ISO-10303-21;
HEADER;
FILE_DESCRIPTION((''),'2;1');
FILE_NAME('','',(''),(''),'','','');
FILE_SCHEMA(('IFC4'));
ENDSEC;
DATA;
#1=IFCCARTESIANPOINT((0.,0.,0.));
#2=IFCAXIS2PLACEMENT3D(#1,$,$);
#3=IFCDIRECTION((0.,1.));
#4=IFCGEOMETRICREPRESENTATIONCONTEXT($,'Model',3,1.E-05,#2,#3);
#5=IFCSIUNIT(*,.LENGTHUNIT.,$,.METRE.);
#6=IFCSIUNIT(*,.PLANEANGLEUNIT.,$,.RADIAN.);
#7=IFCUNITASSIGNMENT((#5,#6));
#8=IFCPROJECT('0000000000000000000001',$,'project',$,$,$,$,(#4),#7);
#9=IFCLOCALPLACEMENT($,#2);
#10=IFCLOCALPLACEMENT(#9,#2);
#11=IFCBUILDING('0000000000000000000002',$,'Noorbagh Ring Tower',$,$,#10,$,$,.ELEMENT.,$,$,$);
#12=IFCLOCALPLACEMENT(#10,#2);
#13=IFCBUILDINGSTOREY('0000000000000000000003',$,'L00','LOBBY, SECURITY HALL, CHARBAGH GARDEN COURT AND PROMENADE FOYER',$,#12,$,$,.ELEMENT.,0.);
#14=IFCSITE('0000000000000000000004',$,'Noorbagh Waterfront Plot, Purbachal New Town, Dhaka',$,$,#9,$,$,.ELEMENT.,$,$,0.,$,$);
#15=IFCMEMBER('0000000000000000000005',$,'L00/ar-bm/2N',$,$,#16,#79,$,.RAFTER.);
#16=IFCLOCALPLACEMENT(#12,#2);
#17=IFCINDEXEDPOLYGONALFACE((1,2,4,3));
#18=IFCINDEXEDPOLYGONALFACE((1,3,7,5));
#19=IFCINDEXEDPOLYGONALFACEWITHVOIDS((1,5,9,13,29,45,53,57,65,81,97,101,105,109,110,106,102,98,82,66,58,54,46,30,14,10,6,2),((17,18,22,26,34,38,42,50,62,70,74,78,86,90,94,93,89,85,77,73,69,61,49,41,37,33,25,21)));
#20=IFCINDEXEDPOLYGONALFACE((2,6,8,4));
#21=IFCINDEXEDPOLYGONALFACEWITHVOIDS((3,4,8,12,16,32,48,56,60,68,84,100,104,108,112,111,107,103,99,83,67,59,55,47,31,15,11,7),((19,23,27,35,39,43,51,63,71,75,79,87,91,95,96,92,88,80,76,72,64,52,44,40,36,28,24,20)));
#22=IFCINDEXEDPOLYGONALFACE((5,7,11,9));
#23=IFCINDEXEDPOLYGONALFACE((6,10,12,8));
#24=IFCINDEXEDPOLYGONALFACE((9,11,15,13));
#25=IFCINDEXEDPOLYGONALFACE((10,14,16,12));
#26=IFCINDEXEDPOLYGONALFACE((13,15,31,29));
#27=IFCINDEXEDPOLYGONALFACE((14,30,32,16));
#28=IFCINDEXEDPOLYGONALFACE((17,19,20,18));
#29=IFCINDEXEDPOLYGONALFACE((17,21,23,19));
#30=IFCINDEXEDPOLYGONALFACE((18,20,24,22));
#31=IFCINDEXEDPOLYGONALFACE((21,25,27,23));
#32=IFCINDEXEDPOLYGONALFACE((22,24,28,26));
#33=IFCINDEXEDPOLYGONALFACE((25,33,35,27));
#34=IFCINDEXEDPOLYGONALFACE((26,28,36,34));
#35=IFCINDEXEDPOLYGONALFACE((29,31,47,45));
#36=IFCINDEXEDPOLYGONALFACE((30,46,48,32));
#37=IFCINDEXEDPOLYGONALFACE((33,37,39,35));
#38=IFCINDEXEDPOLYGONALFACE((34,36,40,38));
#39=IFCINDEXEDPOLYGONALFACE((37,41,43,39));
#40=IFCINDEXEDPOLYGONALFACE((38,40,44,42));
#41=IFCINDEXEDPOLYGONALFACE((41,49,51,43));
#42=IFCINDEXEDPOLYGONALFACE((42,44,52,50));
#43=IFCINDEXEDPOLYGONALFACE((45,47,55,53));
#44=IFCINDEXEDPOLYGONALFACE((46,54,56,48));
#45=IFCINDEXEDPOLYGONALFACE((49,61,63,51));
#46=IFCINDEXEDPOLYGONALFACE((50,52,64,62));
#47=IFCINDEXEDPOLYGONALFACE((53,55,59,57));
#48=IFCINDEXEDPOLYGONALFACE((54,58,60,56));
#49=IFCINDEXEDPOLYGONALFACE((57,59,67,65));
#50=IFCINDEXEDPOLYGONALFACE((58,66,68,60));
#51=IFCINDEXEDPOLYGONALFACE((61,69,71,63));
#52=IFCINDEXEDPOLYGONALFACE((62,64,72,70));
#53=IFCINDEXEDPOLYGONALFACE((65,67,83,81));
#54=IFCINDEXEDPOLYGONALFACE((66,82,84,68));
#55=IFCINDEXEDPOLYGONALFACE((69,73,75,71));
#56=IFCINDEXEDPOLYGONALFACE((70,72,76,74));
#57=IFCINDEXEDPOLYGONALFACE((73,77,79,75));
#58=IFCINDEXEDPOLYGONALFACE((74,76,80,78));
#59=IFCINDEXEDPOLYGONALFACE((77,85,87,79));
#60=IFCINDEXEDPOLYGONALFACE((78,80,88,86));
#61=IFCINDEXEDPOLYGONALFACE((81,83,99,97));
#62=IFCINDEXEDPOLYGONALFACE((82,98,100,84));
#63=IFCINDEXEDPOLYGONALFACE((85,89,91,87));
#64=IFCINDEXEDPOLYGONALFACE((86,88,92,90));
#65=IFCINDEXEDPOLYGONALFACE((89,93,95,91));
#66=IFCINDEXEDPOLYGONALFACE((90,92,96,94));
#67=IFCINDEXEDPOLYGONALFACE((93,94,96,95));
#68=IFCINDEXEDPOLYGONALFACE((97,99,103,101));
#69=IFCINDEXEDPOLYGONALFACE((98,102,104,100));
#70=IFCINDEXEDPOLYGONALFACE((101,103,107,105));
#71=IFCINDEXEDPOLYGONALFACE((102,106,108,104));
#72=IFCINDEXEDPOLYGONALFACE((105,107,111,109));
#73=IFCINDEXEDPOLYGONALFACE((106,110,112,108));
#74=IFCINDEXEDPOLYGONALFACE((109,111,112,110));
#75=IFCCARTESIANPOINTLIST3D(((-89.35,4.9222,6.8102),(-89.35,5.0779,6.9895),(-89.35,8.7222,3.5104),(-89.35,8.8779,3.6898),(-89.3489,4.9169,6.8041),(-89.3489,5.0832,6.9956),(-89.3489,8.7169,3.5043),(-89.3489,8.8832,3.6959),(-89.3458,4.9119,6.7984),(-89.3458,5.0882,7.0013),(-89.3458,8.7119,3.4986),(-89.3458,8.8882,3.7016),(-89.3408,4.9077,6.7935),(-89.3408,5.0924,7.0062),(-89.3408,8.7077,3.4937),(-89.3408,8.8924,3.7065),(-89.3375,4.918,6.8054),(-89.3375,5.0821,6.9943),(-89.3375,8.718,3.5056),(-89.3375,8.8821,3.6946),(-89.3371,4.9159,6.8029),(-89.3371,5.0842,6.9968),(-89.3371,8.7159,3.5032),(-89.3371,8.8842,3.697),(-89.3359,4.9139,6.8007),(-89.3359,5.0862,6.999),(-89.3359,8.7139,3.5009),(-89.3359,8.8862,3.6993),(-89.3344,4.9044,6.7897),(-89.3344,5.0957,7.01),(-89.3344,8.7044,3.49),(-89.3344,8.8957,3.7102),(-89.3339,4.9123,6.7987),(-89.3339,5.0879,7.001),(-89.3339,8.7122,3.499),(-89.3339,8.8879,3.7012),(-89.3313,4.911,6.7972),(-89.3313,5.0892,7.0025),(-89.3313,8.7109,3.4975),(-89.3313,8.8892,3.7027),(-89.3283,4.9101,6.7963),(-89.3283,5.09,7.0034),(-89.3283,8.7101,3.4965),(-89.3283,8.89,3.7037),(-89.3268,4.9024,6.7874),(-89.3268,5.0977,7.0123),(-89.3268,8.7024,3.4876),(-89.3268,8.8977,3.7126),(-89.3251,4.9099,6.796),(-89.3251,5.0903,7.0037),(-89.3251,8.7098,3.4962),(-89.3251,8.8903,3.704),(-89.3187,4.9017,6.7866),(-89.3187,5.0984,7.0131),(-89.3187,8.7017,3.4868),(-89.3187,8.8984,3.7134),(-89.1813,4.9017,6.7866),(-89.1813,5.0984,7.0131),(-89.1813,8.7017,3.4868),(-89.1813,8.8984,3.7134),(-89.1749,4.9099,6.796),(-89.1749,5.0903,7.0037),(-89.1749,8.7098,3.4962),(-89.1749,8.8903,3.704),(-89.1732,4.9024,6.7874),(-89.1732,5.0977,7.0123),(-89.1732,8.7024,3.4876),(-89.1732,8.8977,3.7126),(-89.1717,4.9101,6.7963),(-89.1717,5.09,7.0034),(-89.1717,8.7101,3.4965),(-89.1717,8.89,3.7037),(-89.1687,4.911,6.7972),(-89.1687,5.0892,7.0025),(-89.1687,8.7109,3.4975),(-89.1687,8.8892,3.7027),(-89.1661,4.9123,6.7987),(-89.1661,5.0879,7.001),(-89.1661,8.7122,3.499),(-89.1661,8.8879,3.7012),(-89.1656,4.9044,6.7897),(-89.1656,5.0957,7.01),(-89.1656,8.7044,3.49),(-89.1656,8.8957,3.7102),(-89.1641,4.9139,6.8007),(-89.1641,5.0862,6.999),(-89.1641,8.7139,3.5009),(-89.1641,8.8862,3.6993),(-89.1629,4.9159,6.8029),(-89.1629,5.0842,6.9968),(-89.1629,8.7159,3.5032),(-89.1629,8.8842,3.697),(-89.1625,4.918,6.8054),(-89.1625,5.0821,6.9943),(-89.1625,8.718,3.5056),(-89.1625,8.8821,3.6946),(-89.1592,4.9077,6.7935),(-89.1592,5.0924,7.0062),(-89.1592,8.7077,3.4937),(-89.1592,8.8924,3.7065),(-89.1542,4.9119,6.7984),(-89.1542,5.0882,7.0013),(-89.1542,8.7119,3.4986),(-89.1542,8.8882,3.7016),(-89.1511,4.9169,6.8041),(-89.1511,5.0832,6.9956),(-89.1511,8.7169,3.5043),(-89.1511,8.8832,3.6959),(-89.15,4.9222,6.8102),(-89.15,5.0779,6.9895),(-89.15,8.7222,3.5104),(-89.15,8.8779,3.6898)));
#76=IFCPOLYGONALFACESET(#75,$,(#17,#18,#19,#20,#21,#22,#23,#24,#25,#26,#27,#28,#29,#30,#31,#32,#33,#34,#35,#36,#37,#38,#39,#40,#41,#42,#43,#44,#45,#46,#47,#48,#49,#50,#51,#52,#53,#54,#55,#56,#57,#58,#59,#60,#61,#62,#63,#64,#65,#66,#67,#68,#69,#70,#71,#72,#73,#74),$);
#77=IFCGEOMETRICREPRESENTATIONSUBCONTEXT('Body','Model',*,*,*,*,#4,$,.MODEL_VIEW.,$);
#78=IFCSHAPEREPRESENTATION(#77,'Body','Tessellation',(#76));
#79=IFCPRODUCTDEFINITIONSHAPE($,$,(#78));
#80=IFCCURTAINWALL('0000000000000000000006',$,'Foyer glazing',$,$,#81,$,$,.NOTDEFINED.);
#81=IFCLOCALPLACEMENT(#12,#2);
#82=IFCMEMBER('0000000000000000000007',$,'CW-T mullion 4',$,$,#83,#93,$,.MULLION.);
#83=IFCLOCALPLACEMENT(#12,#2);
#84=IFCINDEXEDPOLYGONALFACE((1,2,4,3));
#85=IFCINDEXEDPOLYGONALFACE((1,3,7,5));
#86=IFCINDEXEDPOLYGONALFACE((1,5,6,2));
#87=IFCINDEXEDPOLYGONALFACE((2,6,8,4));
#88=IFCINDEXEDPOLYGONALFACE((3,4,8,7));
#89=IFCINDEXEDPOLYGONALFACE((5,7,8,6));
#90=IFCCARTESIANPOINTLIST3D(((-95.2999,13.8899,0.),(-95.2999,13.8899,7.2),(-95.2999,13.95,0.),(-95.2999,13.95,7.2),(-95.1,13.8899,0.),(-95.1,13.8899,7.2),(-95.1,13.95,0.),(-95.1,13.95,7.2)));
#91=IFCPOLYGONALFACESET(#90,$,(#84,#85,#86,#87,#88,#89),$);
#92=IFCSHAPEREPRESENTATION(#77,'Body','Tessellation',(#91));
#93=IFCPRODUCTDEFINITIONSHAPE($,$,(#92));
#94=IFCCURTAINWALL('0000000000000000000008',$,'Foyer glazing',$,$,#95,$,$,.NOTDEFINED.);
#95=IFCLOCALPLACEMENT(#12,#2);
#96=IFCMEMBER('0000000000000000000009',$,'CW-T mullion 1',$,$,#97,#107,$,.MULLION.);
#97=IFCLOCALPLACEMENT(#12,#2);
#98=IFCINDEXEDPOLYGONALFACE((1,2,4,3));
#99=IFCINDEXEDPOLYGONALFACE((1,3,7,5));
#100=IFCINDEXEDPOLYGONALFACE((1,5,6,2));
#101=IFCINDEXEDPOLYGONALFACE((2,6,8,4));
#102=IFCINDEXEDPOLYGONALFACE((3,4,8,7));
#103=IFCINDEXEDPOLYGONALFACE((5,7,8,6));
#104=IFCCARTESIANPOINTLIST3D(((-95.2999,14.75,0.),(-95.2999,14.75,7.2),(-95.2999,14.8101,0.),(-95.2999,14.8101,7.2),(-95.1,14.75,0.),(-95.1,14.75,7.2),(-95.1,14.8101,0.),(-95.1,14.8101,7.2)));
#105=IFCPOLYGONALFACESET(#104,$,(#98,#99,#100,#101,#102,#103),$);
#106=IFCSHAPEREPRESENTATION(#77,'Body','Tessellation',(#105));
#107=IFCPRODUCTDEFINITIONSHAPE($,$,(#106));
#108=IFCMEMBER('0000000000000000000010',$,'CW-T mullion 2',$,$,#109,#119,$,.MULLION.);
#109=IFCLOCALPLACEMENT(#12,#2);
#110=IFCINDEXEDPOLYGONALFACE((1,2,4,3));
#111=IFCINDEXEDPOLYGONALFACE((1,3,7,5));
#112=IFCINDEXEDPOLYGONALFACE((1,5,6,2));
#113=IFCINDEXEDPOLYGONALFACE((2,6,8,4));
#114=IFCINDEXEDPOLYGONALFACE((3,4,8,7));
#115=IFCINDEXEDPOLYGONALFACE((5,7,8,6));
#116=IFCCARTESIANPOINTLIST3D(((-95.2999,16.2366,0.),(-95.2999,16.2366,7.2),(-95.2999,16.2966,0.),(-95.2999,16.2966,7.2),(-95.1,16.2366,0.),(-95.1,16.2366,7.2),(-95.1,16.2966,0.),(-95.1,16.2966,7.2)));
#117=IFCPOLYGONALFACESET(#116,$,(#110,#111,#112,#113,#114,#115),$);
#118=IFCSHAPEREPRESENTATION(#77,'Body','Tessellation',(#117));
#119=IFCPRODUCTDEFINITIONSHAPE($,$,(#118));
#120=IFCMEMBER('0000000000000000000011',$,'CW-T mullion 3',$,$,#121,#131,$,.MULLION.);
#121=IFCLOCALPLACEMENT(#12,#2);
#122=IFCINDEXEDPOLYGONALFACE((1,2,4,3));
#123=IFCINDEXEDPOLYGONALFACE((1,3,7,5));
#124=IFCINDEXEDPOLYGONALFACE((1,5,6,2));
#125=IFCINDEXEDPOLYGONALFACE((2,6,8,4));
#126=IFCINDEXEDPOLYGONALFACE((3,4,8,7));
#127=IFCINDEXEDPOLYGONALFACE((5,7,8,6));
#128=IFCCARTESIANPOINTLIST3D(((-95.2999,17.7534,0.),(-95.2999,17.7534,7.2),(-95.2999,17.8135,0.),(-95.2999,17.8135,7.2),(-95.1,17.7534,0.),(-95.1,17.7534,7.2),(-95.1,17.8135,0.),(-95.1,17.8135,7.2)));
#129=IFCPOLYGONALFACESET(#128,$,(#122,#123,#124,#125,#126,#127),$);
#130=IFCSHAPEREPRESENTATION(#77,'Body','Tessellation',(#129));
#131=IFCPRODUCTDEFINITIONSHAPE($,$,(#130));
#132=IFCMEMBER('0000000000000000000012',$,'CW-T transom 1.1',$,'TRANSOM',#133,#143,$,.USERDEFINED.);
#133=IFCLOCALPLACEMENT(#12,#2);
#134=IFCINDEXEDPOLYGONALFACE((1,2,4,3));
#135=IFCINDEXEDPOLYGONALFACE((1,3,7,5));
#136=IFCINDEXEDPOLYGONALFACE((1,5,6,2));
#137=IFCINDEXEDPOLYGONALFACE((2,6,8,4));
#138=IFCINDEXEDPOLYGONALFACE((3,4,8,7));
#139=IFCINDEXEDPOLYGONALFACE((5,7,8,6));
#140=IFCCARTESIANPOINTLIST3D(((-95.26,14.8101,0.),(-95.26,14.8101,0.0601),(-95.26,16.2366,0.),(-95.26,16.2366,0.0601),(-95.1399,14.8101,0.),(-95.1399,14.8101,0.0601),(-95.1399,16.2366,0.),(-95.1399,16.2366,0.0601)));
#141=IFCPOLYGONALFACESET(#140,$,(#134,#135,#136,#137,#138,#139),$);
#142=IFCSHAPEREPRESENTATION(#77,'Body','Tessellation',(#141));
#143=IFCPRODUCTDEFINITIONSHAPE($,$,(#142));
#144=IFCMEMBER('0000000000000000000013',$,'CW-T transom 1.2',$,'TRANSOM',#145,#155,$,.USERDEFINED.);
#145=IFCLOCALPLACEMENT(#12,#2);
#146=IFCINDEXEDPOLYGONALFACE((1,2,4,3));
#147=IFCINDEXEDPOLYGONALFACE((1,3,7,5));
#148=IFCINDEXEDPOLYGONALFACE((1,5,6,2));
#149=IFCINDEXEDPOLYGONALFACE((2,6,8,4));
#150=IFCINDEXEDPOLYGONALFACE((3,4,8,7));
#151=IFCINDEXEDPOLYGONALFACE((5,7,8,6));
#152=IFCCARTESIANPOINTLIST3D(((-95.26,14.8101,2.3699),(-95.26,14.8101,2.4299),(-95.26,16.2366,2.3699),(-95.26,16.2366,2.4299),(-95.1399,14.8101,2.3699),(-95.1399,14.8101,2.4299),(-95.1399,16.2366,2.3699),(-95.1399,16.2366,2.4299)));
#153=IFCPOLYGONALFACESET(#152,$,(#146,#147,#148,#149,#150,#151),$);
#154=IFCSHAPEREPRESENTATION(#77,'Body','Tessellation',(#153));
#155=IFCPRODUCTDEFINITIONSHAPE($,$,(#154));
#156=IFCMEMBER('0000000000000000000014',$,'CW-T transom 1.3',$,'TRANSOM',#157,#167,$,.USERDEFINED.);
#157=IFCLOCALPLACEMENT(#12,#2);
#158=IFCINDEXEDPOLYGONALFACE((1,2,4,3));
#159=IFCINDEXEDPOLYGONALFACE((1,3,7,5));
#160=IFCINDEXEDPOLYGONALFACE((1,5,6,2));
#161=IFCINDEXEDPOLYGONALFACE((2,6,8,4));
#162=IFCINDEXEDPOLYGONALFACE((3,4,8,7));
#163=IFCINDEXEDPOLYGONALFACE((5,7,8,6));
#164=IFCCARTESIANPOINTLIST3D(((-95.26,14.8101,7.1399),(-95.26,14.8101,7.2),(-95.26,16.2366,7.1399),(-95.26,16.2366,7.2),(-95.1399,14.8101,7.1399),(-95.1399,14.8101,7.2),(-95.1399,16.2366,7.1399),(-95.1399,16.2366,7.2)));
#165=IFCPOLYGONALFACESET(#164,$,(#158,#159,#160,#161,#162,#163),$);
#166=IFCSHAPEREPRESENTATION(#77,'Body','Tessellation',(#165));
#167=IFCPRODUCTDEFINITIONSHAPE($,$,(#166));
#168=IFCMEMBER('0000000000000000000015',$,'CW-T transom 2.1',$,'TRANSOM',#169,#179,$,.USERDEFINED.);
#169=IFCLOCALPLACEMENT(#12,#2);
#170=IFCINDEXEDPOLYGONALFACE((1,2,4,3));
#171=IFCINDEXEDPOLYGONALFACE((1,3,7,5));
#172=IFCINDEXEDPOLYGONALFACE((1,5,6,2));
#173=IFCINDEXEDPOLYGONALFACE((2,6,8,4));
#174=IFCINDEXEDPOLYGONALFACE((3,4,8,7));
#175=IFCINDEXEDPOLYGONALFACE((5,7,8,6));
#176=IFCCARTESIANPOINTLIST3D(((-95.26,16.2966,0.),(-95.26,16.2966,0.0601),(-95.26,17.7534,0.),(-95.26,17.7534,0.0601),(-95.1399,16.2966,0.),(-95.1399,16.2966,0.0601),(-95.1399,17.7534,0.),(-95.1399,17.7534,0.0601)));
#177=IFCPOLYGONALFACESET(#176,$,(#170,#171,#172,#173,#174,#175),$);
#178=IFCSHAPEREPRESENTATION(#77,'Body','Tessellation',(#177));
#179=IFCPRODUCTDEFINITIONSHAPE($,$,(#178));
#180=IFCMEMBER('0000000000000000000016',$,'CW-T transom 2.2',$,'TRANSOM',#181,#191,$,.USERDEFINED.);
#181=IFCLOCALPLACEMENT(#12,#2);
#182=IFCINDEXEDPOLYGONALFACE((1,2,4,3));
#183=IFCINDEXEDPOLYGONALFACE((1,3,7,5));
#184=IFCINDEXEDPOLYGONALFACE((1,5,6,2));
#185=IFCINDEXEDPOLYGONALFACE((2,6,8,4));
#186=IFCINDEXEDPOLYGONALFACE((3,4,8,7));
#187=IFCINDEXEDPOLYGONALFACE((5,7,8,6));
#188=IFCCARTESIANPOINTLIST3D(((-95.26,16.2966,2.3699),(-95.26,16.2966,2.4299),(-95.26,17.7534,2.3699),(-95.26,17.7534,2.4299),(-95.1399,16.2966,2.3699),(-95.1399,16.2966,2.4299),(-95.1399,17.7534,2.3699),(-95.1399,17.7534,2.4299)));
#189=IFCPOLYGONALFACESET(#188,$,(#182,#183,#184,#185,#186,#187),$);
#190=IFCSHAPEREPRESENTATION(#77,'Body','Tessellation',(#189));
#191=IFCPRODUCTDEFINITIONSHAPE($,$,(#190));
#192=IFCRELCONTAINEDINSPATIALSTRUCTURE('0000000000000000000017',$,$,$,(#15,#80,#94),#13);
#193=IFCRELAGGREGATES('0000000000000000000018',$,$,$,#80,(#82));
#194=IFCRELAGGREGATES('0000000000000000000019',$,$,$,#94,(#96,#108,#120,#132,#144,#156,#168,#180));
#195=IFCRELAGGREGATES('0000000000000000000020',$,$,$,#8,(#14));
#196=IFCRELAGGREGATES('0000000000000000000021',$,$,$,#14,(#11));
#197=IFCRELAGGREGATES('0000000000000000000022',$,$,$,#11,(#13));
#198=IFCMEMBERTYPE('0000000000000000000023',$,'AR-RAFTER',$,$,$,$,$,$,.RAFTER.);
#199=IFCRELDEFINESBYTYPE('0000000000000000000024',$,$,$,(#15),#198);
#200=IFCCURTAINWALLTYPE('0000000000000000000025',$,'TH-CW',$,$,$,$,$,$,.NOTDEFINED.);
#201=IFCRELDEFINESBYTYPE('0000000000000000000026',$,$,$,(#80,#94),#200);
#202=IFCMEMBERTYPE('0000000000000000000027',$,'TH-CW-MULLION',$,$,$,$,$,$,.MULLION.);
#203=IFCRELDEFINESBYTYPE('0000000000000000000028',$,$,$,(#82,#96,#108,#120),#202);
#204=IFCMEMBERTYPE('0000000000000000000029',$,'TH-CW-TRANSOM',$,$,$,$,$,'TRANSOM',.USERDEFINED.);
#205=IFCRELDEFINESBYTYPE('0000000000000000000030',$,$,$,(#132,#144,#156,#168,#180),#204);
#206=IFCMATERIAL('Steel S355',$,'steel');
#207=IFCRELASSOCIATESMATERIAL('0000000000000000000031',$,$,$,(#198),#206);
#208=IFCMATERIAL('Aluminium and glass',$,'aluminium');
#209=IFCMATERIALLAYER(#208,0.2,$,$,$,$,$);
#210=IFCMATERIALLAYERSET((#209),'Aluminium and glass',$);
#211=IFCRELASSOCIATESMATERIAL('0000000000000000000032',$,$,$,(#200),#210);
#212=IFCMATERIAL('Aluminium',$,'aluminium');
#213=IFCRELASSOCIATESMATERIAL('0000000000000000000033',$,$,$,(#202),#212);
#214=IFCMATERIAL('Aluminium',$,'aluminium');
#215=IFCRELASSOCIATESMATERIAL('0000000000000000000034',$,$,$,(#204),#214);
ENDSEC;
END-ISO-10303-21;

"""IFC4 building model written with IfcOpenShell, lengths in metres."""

from ifc_helpers import new_model, si_unit, direction, frame, origin, origin_2d, place, context, subcontext, project, spatial, rectangle, hollow_rectangle, extrude, material, layer, layer_set, material_profile, profile_set, type_object, element, aggregate, save


model = new_model("IFC4")

# Units and contexts
model_context = context("Model", 3, precision=1e-05, world=origin(), true_north=direction((0.0, 1.0)))
body_context = subcontext(model_context, "Body", "Model", "MODEL_VIEW")
ifc_project = project(units=[si_unit("LENGTHUNIT", "METRE"), si_unit("PLANEANGLEUNIT", "RADIAN")], contexts=[model_context])

# Site, building, storey
site_placement = place(None, origin())
site = spatial("IfcSite", under=ifc_project, at=site_placement, Name="Noorbagh Waterfront Plot, Purbachal New Town, Dhaka", CompositionType="ELEMENT", RefElevation=0.0)
building_placement = place(site_placement, origin())
building = spatial("IfcBuilding", under=site, at=building_placement, Name="Noorbagh Ring Tower", CompositionType="ELEMENT")
storey_placement = place(building_placement, origin())
storey = spatial("IfcBuildingStorey", under=building, at=storey_placement, Name="L00", Description="LOBBY, SECURITY HALL, CHARBAGH GARDEN COURT AND PROMENADE FOYER", CompositionType="ELEMENT", Elevation=0.0)

# Member
ifc_material_1 = material(Name="Steel S355", Category="steel")
ifc_material_profile_1 = material_profile(ifc_material_1, hollow_rectangle(XDim=0.2, YDim=0.3, WallThickness=0.0125, InnerFilletRadius=0.0125, OuterFilletRadius=0.0312, at=origin_2d()), Name="RHS300x200x12.5")
ifc_profile_set_1 = profile_set([ifc_material_profile_1], Name="Steel S355")
member_type_1 = type_object("IfcMemberType", Name="AR-RAFTER", PredefinedType="RAFTER", material=ifc_profile_set_1)
member_1_placement = place(storey_placement, frame((-89.25, 8.8, 3.6001), z_axis=(0.0, -0.755057, 0.65566), x_axis=(1.0, 0.0, 0.0)))
element("IfcMember", 1, at=member_1_placement, inside=storey, type_object=member_type_1, Name="L00/ar-bm/2N", PredefinedType="RAFTER", context=body_context, shape_type="SweptSolid", body=[
    extrude(hollow_rectangle(XDim=0.2, YDim=0.3, WallThickness=0.0125, InnerFilletRadius=0.0125, OuterFilletRadius=0.0312, at=origin_2d()), origin(), (0.0, 0.0, 1.0), 5.0327),
])

# Curtain wall, member
ifc_material_2 = material(Name="Aluminium and glass", Category="aluminium")
ifc_layer_1 = layer(ifc_material_2, 0.2)
ifc_layer_set_1 = layer_set([ifc_layer_1], Name="Aluminium and glass")
curtain_wall_type_1 = type_object("IfcCurtainWallType", Name="TH-CW", PredefinedType="NOTDEFINED", material=ifc_layer_set_1)
curtain_wall_1_placement = place(storey_placement, origin())
curtain_wall_1 = element("IfcCurtainWall", 2, at=curtain_wall_1_placement, inside=storey, type_object=curtain_wall_type_1, Name="Foyer glazing", PredefinedType="NOTDEFINED")
ifc_material_3 = material(Name="Aluminium", Category="aluminium")
ifc_material_profile_2 = material_profile(ifc_material_3, rectangle(XDim=0.2, YDim=0.0601, at=origin_2d()), Name="AL 200x60")
ifc_profile_set_2 = profile_set([ifc_material_profile_2], Name="Aluminium")
member_type_2 = type_object("IfcMemberType", Name="TH-CW-MULLION", PredefinedType="MULLION", material=ifc_profile_set_2)
member_2_placement = place(storey_placement, frame((-95.2, 13.9199, 0.0), z_axis=(0.0, 0.0, 1.0), x_axis=(-1.0, 0.0, 0.0)))
member_2 = element("IfcMember", 3, at=member_2_placement, type_object=member_type_2, Name="CW-T mullion 4", PredefinedType="MULLION", context=body_context, shape_type="SweptSolid", body=[
    extrude(rectangle(XDim=0.2, YDim=0.0601, at=origin_2d()), origin(), (0.0, 0.0, 1.0), 7.2),
])

# Curtain wall, members
curtain_wall_2_placement = place(storey_placement, origin())
curtain_wall_2 = element("IfcCurtainWall", 4, at=curtain_wall_2_placement, inside=storey, type_object=curtain_wall_type_1, Name="Foyer glazing", PredefinedType="NOTDEFINED")
member_3_placement = place(storey_placement, frame((-95.2, 14.78, 0.0), z_axis=(0.0, 0.0, 1.0), x_axis=(-1.0, 0.0, 0.0)))
member_3 = element("IfcMember", 5, at=member_3_placement, type_object=member_type_2, Name="CW-T mullion 1", PredefinedType="MULLION", context=body_context, shape_type="SweptSolid", body=[
    extrude(rectangle(XDim=0.2, YDim=0.0601, at=origin_2d()), origin(), (0.0, 0.0, 1.0), 7.2),
])
member_4_placement = place(storey_placement, frame((-95.2, 16.2666, 0.0), z_axis=(0.0, 0.0, 1.0), x_axis=(-1.0, 0.0, 0.0)))
member_4 = element("IfcMember", 6, at=member_4_placement, type_object=member_type_2, Name="CW-T mullion 2", PredefinedType="MULLION", context=body_context, shape_type="SweptSolid", body=[
    extrude(rectangle(XDim=0.2, YDim=0.0601, at=origin_2d()), origin(), (0.0, 0.0, 1.0), 7.2),
])
member_5_placement = place(storey_placement, frame((-95.2, 17.7834, 0.0), z_axis=(0.0, 0.0, 1.0), x_axis=(-1.0, 0.0, 0.0)))
member_5 = element("IfcMember", 7, at=member_5_placement, type_object=member_type_2, Name="CW-T mullion 3", PredefinedType="MULLION", context=body_context, shape_type="SweptSolid", body=[
    extrude(rectangle(XDim=0.2, YDim=0.0601, at=origin_2d()), origin(), (0.0, 0.0, 1.0), 7.2),
])
ifc_material_4 = material(Name="Aluminium", Category="aluminium")
ifc_material_profile_3 = material_profile(ifc_material_4, rectangle(XDim=0.1201, YDim=0.0601, at=origin_2d()), Name="AL 120x60")
ifc_profile_set_3 = profile_set([ifc_material_profile_3], Name="Aluminium")
member_type_3 = type_object("IfcMemberType", Name="TH-CW-TRANSOM", ElementType="TRANSOM", PredefinedType="USERDEFINED", material=ifc_profile_set_3)
member_6_placement = place(storey_placement, frame((-95.2, 14.8101, 0.03), z_axis=(0.0, 1.0, 0.0), x_axis=(-1.0, 0.0, 0.0)))
member_6 = element("IfcMember", 8, at=member_6_placement, type_object=member_type_3, Name="CW-T transom 1.1", ObjectType="TRANSOM", PredefinedType="USERDEFINED", context=body_context, shape_type="SweptSolid", body=[
    extrude(rectangle(XDim=0.1201, YDim=0.0601, at=origin_2d()), origin(), (0.0, 0.0, 1.0), 1.4265),
])
member_7_placement = place(storey_placement, frame((-95.2, 14.8101, 2.3999), z_axis=(0.0, 1.0, 0.0), x_axis=(-1.0, 0.0, 0.0)))
member_7 = element("IfcMember", 9, at=member_7_placement, type_object=member_type_3, Name="CW-T transom 1.2", ObjectType="TRANSOM", PredefinedType="USERDEFINED", context=body_context, shape_type="SweptSolid", body=[
    extrude(rectangle(XDim=0.1201, YDim=0.0601, at=origin_2d()), origin(), (0.0, 0.0, 1.0), 1.4265),
])
member_8_placement = place(storey_placement, frame((-95.2, 14.8101, 7.1699), z_axis=(0.0, 1.0, 0.0), x_axis=(-1.0, 0.0, 0.0)))
member_8 = element("IfcMember", 10, at=member_8_placement, type_object=member_type_3, Name="CW-T transom 1.3", ObjectType="TRANSOM", PredefinedType="USERDEFINED", context=body_context, shape_type="SweptSolid", body=[
    extrude(rectangle(XDim=0.1201, YDim=0.0601, at=origin_2d()), origin(), (0.0, 0.0, 1.0), 1.4265),
])
member_9_placement = place(storey_placement, frame((-95.2, 16.2966, 0.03), z_axis=(0.0, 1.0, 0.0), x_axis=(-1.0, 0.0, 0.0)))
member_9 = element("IfcMember", 11, at=member_9_placement, type_object=member_type_3, Name="CW-T transom 2.1", ObjectType="TRANSOM", PredefinedType="USERDEFINED", context=body_context, shape_type="SweptSolid", body=[
    extrude(rectangle(XDim=0.1201, YDim=0.0601, at=origin_2d()), origin(), (0.0, 0.0, 1.0), 1.4568),
])
member_10_placement = place(storey_placement, frame((-95.2, 16.2966, 2.3999), z_axis=(0.0, 1.0, 0.0), x_axis=(-1.0, 0.0, 0.0)))
member_10 = element("IfcMember", 12, at=member_10_placement, type_object=member_type_3, Name="CW-T transom 2.2", ObjectType="TRANSOM", PredefinedType="USERDEFINED", context=body_context, shape_type="SweptSolid", body=[
    extrude(rectangle(XDim=0.1201, YDim=0.0601, at=origin_2d()), origin(), (0.0, 0.0, 1.0), 1.4568),
])

aggregate(curtain_wall_1, [member_2])
aggregate(curtain_wall_2, [member_3, member_4, member_5, member_6, member_7, member_8, member_9, member_10])

save(model, "model.ifc")
